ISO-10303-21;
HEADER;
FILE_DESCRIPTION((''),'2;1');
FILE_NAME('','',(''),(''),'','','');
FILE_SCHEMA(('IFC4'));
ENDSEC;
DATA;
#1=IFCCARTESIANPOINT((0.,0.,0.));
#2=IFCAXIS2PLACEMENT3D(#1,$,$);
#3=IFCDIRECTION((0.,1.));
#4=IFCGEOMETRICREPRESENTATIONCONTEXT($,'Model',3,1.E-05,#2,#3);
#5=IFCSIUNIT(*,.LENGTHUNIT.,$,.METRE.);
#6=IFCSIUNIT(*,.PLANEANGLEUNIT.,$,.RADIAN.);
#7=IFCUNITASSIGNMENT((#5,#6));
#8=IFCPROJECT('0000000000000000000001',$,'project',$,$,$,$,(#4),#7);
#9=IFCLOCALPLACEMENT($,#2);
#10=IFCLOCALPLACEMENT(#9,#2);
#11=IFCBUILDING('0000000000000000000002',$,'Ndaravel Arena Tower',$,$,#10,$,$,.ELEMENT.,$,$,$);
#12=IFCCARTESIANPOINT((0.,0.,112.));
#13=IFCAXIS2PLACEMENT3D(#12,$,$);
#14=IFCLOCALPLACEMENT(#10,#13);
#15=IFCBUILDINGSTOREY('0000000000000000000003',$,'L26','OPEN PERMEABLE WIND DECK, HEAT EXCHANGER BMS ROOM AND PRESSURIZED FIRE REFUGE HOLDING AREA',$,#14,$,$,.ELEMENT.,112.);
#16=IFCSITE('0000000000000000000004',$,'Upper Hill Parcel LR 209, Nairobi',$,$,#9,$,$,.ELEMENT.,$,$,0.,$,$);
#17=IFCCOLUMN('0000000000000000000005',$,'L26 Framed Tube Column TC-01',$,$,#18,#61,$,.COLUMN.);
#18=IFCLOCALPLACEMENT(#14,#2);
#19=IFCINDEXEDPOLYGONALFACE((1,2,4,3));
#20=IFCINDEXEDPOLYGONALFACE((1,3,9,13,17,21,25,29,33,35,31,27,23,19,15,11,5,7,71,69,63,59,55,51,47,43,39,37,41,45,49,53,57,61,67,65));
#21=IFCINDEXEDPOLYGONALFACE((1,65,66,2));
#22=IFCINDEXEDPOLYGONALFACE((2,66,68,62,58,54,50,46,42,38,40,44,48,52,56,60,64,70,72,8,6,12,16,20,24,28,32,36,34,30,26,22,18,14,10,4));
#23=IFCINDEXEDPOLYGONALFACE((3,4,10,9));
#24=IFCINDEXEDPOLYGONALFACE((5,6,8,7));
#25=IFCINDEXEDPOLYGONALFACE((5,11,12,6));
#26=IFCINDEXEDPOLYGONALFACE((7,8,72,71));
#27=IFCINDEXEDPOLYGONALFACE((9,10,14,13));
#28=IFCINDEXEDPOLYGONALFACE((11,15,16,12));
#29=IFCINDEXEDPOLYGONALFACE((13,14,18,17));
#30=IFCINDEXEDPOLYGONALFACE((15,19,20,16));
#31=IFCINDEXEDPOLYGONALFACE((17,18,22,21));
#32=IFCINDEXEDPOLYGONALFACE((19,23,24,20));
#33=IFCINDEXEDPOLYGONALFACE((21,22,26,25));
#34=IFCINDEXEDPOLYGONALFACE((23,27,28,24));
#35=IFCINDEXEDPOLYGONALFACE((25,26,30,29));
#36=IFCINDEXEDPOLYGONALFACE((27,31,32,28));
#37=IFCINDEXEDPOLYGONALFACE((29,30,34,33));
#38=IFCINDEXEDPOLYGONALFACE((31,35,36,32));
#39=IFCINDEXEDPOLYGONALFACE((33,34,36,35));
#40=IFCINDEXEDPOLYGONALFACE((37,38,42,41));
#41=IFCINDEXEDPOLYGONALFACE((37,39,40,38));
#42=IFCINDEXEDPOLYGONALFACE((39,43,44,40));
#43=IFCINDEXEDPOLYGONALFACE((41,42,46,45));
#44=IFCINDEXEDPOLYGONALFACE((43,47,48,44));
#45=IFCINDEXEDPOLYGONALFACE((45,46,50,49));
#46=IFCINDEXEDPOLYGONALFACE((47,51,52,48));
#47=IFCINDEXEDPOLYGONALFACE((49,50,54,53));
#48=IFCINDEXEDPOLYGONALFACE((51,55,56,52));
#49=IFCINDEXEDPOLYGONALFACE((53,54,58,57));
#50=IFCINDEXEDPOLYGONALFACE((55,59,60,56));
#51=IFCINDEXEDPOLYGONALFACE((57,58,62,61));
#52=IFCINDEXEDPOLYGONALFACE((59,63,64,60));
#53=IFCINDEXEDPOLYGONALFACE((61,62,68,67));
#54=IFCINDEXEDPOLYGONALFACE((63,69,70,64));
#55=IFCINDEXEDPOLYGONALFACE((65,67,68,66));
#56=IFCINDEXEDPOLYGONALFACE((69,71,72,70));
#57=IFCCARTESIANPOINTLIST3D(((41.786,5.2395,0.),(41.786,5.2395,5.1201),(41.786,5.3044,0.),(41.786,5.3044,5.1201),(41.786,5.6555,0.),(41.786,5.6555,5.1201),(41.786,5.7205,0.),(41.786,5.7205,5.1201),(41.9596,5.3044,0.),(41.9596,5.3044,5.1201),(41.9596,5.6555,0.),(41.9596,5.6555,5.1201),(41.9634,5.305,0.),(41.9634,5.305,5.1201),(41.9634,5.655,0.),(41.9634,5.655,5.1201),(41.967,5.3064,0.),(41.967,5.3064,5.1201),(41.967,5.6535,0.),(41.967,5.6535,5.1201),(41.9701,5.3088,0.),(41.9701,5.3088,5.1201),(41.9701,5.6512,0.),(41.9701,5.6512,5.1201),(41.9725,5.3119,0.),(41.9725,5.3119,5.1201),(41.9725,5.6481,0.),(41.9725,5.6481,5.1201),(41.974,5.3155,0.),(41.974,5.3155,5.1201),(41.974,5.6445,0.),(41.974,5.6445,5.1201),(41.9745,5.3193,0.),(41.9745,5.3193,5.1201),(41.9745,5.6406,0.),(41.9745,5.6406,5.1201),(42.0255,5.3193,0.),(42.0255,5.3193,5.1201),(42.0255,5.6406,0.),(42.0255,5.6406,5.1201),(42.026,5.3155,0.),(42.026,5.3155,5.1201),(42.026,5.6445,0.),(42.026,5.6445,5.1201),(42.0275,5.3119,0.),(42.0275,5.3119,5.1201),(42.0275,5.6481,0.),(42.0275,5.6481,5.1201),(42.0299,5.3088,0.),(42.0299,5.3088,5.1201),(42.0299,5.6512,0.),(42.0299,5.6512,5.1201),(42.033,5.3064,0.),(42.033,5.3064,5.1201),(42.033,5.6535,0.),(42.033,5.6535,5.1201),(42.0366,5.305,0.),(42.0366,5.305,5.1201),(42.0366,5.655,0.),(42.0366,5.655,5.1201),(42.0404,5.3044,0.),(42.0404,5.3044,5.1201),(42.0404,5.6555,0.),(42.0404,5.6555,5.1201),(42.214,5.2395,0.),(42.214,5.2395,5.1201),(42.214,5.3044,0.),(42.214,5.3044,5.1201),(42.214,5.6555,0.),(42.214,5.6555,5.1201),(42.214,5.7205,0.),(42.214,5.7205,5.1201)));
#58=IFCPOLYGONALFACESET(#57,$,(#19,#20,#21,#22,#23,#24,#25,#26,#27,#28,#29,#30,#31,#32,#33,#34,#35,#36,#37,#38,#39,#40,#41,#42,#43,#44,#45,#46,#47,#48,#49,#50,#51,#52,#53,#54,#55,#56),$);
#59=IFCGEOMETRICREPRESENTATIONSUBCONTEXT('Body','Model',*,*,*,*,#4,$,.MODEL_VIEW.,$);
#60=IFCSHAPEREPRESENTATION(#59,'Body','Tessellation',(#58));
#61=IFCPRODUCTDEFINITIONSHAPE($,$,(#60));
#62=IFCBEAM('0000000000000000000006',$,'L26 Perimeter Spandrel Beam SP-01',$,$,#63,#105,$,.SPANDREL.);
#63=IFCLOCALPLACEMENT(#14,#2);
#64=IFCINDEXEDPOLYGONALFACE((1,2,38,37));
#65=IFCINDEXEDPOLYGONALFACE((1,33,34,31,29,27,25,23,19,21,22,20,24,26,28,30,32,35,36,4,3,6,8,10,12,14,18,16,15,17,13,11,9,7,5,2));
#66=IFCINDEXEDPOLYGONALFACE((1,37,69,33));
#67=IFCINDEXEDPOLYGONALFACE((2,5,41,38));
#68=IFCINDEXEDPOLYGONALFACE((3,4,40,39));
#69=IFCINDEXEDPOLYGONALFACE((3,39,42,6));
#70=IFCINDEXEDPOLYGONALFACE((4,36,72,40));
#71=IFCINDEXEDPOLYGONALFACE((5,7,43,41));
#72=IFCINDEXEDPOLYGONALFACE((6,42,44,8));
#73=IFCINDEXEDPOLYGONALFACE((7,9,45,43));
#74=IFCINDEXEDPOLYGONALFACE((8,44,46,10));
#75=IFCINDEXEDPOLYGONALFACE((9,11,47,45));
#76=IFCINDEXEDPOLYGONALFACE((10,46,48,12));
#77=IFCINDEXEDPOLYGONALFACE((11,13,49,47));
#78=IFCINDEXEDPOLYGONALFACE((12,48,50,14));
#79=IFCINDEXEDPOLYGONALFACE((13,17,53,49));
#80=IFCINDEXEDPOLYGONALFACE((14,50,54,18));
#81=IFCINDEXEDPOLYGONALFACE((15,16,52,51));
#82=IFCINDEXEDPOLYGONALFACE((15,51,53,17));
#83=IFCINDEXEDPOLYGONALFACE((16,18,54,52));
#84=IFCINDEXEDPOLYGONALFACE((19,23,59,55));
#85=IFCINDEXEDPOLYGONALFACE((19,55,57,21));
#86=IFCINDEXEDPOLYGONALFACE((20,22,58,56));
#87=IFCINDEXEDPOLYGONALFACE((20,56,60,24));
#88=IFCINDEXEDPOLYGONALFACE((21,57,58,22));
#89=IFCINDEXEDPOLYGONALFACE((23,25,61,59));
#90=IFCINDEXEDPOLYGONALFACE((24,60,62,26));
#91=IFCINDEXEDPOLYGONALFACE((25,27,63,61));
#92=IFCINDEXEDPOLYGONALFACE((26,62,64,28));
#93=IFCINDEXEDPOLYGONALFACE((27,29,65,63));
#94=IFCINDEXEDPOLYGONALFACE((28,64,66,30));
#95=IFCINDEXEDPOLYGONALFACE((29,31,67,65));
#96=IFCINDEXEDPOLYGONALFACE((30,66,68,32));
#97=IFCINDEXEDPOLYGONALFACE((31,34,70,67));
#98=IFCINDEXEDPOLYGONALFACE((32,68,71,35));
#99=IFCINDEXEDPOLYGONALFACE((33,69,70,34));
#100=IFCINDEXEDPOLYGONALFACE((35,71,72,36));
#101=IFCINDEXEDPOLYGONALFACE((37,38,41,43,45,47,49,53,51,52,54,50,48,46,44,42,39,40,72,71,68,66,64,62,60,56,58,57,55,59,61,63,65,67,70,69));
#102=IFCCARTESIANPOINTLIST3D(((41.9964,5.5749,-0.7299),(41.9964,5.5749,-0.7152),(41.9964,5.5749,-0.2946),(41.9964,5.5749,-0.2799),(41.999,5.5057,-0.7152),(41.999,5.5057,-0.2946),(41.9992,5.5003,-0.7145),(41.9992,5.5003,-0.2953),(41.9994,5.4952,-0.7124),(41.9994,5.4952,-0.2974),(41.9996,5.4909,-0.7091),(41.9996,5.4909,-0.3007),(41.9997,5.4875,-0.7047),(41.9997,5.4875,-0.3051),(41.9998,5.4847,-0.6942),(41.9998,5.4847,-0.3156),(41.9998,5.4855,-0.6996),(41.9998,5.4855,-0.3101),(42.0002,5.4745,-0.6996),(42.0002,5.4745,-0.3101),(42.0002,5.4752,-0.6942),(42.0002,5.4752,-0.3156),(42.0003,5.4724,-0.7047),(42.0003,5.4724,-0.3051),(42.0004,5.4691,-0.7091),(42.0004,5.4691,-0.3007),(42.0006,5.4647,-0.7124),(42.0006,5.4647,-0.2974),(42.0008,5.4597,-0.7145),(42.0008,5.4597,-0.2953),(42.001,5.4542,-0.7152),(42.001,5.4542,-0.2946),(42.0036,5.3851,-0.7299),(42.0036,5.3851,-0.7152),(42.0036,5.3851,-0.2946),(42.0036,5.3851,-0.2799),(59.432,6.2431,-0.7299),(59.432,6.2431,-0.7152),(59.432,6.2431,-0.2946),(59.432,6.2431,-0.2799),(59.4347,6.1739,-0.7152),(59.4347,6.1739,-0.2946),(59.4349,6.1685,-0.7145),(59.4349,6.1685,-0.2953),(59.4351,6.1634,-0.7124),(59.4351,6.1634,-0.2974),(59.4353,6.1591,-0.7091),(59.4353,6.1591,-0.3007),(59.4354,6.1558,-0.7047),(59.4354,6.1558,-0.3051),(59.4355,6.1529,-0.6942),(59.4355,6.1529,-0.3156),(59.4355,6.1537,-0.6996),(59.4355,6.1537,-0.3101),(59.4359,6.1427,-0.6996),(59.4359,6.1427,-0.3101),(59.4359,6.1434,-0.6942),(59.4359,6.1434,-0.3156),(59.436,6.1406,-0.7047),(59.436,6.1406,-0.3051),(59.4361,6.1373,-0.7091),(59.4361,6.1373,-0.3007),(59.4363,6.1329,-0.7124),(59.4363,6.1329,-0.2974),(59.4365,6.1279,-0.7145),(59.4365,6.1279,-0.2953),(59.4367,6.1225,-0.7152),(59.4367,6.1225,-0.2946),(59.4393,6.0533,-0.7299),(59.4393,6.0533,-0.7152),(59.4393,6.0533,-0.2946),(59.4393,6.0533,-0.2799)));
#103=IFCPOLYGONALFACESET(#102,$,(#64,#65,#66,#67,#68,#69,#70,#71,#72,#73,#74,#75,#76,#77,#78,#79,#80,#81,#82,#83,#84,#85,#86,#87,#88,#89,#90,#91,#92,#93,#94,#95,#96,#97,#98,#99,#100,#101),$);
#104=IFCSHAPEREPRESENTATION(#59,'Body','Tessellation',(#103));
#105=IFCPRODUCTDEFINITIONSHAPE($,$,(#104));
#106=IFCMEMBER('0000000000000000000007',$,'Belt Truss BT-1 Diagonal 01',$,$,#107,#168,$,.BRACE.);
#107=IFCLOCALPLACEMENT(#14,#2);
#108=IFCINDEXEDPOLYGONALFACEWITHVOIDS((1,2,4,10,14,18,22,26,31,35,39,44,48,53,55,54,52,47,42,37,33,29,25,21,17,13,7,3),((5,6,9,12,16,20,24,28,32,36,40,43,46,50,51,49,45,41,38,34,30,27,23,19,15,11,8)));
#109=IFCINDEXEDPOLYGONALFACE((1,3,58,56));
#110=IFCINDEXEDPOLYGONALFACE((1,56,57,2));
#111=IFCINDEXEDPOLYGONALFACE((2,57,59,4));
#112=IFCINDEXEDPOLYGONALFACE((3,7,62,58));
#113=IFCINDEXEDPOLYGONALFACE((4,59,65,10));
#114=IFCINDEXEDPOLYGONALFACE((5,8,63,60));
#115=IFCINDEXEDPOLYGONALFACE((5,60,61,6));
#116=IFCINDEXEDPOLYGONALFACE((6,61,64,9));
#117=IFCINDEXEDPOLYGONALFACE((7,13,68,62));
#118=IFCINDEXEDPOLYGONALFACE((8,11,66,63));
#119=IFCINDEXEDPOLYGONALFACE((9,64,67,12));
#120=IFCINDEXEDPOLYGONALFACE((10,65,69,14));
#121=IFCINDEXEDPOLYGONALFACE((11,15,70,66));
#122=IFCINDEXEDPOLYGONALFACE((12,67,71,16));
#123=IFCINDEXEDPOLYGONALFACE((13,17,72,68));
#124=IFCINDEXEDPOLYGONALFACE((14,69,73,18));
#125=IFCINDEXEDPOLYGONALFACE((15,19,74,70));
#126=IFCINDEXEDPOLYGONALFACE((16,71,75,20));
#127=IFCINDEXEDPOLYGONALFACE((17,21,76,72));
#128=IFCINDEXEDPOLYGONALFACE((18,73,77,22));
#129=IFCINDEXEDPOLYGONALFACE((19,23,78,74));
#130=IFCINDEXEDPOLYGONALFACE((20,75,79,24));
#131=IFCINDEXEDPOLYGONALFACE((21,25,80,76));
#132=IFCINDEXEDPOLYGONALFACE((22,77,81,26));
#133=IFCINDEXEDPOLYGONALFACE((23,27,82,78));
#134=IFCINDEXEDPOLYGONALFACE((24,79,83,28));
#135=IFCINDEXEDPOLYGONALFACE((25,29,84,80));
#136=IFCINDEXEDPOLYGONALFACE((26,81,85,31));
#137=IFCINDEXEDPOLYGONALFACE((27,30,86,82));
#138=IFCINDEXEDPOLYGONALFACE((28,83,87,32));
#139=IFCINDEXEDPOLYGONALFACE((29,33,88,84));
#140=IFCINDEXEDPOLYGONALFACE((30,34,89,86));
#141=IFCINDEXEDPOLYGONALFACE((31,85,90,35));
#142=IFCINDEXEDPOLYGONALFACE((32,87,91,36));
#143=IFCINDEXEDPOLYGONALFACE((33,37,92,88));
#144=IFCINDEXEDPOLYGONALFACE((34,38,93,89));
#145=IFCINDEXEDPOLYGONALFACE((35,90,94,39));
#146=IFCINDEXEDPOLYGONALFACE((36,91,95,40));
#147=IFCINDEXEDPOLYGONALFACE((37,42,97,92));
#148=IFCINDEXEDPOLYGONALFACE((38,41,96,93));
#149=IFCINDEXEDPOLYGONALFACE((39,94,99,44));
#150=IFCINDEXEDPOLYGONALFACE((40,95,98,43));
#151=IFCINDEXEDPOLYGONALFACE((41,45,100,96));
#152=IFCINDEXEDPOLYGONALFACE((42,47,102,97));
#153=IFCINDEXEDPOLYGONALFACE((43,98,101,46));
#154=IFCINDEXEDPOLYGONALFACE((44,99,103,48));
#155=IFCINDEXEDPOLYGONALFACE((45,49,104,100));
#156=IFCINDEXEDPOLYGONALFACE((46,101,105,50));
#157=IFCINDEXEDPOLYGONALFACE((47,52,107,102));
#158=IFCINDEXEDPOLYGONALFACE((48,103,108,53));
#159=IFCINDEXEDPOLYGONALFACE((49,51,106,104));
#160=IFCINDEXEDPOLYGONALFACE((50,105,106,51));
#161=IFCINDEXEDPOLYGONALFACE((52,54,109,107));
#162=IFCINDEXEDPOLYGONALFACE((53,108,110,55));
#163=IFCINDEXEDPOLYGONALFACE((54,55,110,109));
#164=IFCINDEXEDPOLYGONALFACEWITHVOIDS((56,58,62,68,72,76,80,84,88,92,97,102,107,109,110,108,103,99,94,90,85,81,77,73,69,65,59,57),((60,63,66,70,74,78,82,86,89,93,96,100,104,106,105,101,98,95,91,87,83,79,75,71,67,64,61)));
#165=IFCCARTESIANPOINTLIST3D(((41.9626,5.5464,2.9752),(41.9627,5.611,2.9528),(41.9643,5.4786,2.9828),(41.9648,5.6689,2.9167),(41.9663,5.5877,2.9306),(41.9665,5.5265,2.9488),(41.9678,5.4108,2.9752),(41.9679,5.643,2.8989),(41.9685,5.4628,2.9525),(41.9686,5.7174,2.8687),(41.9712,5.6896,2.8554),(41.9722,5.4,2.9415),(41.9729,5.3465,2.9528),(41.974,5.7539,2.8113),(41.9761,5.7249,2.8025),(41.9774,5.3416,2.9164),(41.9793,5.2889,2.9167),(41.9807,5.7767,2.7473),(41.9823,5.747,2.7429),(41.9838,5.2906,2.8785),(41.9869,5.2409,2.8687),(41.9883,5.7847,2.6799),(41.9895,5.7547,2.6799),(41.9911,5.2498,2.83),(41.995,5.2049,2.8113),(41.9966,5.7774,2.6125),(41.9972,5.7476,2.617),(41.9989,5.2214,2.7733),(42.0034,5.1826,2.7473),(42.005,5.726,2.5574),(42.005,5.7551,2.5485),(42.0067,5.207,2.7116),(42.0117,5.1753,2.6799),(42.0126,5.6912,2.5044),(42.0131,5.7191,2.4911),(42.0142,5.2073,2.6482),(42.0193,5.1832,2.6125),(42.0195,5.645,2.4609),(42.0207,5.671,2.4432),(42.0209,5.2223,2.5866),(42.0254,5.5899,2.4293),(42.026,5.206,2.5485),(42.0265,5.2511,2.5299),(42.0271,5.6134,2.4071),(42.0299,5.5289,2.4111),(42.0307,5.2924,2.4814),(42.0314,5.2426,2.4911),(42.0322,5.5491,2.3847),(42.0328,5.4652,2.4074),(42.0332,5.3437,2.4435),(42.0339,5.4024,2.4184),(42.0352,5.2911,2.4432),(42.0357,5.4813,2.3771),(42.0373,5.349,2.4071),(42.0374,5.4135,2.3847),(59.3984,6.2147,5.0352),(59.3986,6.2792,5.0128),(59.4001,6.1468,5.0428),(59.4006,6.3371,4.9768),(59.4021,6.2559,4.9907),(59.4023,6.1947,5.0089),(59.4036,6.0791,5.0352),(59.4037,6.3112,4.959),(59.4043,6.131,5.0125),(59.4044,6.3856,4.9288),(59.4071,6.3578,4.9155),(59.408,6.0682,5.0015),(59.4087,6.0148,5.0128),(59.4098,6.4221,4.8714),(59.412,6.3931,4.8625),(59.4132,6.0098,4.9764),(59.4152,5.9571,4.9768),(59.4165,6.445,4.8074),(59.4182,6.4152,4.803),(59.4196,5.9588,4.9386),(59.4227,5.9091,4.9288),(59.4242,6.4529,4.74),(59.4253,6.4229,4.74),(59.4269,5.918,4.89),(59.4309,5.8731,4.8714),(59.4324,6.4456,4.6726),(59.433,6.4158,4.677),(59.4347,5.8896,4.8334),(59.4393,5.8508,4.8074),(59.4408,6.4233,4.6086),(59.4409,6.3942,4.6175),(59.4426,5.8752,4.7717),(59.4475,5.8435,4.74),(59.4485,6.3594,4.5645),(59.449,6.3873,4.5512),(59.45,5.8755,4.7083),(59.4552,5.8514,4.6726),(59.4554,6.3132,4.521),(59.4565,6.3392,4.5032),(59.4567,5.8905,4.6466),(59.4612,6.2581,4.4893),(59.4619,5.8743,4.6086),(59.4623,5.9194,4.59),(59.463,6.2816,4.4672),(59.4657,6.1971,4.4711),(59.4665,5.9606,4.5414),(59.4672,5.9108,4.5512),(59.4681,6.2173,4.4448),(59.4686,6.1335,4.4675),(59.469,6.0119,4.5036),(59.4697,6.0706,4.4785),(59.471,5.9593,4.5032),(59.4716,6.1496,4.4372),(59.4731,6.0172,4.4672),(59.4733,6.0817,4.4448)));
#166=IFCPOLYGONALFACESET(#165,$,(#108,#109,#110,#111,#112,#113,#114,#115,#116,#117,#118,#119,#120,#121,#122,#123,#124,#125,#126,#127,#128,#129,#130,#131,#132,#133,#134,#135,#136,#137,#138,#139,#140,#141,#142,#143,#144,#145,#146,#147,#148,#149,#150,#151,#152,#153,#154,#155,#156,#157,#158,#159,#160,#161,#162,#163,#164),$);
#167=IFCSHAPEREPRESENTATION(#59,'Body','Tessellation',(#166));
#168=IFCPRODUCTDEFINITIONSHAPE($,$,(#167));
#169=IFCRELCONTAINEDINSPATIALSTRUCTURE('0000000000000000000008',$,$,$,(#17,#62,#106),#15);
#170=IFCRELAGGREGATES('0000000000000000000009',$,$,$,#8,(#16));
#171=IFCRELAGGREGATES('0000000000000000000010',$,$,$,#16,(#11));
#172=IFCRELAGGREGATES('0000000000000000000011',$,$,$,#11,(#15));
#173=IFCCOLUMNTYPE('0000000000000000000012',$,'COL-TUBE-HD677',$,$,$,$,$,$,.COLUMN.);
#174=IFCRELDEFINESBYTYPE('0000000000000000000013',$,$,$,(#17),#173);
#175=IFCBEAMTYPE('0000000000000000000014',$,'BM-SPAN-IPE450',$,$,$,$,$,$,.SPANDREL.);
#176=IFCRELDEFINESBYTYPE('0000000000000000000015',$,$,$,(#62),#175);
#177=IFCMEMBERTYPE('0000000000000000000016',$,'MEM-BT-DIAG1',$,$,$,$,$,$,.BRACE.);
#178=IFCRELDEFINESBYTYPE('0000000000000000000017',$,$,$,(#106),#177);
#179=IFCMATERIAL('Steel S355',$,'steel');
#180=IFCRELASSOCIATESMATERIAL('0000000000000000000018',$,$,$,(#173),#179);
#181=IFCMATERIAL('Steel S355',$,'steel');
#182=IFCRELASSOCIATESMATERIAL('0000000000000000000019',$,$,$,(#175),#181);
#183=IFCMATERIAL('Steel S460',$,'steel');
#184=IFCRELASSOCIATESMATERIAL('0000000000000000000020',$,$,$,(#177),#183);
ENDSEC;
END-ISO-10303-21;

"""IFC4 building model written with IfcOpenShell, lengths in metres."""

from ifc_helpers import new_model, si_unit, direction, frame, origin, origin_2d, place, context, subcontext, project, spatial, hollow_circle, i_section, extrude, material, material_profile, profile_set, type_object, element, save


model = new_model("IFC4")

# Units and contexts
model_context = context("Model", 3, precision=1e-05, world=origin(), true_north=direction((0.0, 1.0)))
body_context = subcontext(model_context, "Body", "Model", "MODEL_VIEW")
ifc_project = project(units=[si_unit("LENGTHUNIT", "METRE"), si_unit("PLANEANGLEUNIT", "RADIAN")], contexts=[model_context])

# Site, building, storey
site_placement = place(None, origin())
site = spatial("IfcSite", under=ifc_project, at=site_placement, Name="Upper Hill Parcel LR 209, Nairobi", CompositionType="ELEMENT", RefElevation=0.0)
building_placement = place(site_placement, origin())
building = spatial("IfcBuilding", under=site, at=building_placement, Name="Ndaravel Arena Tower", CompositionType="ELEMENT")
storey_placement = place(building_placement, frame((0.0, 0.0, 112.0)))
storey = spatial("IfcBuildingStorey", under=building, at=storey_placement, Name="L26", Description="OPEN PERMEABLE WIND DECK, HEAT EXCHANGER BMS ROOM AND PRESSURIZED FIRE REFUGE HOLDING AREA", CompositionType="ELEMENT", Elevation=112.0)

# Column
ifc_material_1 = material(Name="Steel S355", Category="steel")
ifc_material_profile_1 = material_profile(ifc_material_1, i_section(OverallWidth=0.428, OverallDepth=0.481, WebThickness=0.051, FlangeThickness=0.0649, FilletRadius=0.0149, at=origin_2d()), Name="HD 400x677")
ifc_profile_set_1 = profile_set([ifc_material_profile_1], Name="Steel S355")
column_type = type_object("IfcColumnType", Name="COL-TUBE-HD677", PredefinedType="COLUMN", material=ifc_profile_set_1)
column_placement = place(storey_placement, frame((42.0, 5.48, 0.0), z_axis=(0.0, 0.0, 1.0), x_axis=(1.0, 0.0, 0.0)))
element("IfcColumn", 1, at=column_placement, inside=storey, type_object=column_type, Name="L26 Framed Tube Column TC-01", PredefinedType="COLUMN", context=body_context, shape_type="SweptSolid", body=[
    extrude(i_section(OverallWidth=0.428, OverallDepth=0.481, WebThickness=0.051, FlangeThickness=0.0649, FilletRadius=0.0149, at=origin_2d()), origin(), (0.0, 0.0, 1.0), 5.1201),
])

# Beam
ifc_material_2 = material(Name="Steel S355", Category="steel")
ifc_material_profile_2 = material_profile(ifc_material_2, i_section(OverallWidth=0.1899, OverallDepth=0.45, WebThickness=0.0095, FlangeThickness=0.0146, FilletRadius=0.021, at=origin_2d()), Name="IPE 450")
ifc_profile_set_2 = profile_set([ifc_material_profile_2], Name="Steel S355")
beam_type = type_object("IfcBeamType", Name="BM-SPAN-IPE450", PredefinedType="SPANDREL", material=ifc_profile_set_2)
beam_placement = place(storey_placement, frame((42.0, 5.48, -0.5049), z_axis=(0.999266, 0.038296, 0.0), x_axis=(-0.038296, 0.999266, 0.0)))
element("IfcBeam", 2, at=beam_placement, inside=storey, type_object=beam_type, Name="L26 Perimeter Spandrel Beam SP-01", PredefinedType="SPANDREL", context=body_context, shape_type="SweptSolid", body=[
    extrude(i_section(OverallWidth=0.1899, OverallDepth=0.45, WebThickness=0.0095, FlangeThickness=0.0146, FilletRadius=0.021, at=origin_2d()), origin(), (0.0, 0.0, 1.0), 17.4485),
])

# Member
ifc_material_3 = material(Name="Steel S460", Category="steel")
ifc_material_profile_3 = material_profile(ifc_material_3, hollow_circle(Radius=0.3049, WallThickness=0.03, at=origin_2d()), Name="CHS 610x30")
ifc_profile_set_3 = profile_set([ifc_material_profile_3], Name="Steel S460")
member_type_1 = type_object("IfcMemberType", Name="MEM-BT-DIAG1", PredefinedType="BRACE", material=ifc_profile_set_3)
member_1_placement = place(storey_placement, frame((42.0, 5.48, 2.6799), z_axis=(0.992374, 0.038032, 0.11725), x_axis=(-0.038296, 0.999266, 0.0)))
element("IfcMember", 3, at=member_1_placement, inside=storey, type_object=member_type_1, Name="Belt Truss BT-1 Diagonal 01", PredefinedType="BRACE", context=body_context, shape_type="SweptSolid", body=[
    extrude(hollow_circle(Radius=0.3049, WallThickness=0.03, at=origin_2d()), origin(), (0.0, 0.0, 1.0), 17.5698),
])

save(model, "model.ifc")
